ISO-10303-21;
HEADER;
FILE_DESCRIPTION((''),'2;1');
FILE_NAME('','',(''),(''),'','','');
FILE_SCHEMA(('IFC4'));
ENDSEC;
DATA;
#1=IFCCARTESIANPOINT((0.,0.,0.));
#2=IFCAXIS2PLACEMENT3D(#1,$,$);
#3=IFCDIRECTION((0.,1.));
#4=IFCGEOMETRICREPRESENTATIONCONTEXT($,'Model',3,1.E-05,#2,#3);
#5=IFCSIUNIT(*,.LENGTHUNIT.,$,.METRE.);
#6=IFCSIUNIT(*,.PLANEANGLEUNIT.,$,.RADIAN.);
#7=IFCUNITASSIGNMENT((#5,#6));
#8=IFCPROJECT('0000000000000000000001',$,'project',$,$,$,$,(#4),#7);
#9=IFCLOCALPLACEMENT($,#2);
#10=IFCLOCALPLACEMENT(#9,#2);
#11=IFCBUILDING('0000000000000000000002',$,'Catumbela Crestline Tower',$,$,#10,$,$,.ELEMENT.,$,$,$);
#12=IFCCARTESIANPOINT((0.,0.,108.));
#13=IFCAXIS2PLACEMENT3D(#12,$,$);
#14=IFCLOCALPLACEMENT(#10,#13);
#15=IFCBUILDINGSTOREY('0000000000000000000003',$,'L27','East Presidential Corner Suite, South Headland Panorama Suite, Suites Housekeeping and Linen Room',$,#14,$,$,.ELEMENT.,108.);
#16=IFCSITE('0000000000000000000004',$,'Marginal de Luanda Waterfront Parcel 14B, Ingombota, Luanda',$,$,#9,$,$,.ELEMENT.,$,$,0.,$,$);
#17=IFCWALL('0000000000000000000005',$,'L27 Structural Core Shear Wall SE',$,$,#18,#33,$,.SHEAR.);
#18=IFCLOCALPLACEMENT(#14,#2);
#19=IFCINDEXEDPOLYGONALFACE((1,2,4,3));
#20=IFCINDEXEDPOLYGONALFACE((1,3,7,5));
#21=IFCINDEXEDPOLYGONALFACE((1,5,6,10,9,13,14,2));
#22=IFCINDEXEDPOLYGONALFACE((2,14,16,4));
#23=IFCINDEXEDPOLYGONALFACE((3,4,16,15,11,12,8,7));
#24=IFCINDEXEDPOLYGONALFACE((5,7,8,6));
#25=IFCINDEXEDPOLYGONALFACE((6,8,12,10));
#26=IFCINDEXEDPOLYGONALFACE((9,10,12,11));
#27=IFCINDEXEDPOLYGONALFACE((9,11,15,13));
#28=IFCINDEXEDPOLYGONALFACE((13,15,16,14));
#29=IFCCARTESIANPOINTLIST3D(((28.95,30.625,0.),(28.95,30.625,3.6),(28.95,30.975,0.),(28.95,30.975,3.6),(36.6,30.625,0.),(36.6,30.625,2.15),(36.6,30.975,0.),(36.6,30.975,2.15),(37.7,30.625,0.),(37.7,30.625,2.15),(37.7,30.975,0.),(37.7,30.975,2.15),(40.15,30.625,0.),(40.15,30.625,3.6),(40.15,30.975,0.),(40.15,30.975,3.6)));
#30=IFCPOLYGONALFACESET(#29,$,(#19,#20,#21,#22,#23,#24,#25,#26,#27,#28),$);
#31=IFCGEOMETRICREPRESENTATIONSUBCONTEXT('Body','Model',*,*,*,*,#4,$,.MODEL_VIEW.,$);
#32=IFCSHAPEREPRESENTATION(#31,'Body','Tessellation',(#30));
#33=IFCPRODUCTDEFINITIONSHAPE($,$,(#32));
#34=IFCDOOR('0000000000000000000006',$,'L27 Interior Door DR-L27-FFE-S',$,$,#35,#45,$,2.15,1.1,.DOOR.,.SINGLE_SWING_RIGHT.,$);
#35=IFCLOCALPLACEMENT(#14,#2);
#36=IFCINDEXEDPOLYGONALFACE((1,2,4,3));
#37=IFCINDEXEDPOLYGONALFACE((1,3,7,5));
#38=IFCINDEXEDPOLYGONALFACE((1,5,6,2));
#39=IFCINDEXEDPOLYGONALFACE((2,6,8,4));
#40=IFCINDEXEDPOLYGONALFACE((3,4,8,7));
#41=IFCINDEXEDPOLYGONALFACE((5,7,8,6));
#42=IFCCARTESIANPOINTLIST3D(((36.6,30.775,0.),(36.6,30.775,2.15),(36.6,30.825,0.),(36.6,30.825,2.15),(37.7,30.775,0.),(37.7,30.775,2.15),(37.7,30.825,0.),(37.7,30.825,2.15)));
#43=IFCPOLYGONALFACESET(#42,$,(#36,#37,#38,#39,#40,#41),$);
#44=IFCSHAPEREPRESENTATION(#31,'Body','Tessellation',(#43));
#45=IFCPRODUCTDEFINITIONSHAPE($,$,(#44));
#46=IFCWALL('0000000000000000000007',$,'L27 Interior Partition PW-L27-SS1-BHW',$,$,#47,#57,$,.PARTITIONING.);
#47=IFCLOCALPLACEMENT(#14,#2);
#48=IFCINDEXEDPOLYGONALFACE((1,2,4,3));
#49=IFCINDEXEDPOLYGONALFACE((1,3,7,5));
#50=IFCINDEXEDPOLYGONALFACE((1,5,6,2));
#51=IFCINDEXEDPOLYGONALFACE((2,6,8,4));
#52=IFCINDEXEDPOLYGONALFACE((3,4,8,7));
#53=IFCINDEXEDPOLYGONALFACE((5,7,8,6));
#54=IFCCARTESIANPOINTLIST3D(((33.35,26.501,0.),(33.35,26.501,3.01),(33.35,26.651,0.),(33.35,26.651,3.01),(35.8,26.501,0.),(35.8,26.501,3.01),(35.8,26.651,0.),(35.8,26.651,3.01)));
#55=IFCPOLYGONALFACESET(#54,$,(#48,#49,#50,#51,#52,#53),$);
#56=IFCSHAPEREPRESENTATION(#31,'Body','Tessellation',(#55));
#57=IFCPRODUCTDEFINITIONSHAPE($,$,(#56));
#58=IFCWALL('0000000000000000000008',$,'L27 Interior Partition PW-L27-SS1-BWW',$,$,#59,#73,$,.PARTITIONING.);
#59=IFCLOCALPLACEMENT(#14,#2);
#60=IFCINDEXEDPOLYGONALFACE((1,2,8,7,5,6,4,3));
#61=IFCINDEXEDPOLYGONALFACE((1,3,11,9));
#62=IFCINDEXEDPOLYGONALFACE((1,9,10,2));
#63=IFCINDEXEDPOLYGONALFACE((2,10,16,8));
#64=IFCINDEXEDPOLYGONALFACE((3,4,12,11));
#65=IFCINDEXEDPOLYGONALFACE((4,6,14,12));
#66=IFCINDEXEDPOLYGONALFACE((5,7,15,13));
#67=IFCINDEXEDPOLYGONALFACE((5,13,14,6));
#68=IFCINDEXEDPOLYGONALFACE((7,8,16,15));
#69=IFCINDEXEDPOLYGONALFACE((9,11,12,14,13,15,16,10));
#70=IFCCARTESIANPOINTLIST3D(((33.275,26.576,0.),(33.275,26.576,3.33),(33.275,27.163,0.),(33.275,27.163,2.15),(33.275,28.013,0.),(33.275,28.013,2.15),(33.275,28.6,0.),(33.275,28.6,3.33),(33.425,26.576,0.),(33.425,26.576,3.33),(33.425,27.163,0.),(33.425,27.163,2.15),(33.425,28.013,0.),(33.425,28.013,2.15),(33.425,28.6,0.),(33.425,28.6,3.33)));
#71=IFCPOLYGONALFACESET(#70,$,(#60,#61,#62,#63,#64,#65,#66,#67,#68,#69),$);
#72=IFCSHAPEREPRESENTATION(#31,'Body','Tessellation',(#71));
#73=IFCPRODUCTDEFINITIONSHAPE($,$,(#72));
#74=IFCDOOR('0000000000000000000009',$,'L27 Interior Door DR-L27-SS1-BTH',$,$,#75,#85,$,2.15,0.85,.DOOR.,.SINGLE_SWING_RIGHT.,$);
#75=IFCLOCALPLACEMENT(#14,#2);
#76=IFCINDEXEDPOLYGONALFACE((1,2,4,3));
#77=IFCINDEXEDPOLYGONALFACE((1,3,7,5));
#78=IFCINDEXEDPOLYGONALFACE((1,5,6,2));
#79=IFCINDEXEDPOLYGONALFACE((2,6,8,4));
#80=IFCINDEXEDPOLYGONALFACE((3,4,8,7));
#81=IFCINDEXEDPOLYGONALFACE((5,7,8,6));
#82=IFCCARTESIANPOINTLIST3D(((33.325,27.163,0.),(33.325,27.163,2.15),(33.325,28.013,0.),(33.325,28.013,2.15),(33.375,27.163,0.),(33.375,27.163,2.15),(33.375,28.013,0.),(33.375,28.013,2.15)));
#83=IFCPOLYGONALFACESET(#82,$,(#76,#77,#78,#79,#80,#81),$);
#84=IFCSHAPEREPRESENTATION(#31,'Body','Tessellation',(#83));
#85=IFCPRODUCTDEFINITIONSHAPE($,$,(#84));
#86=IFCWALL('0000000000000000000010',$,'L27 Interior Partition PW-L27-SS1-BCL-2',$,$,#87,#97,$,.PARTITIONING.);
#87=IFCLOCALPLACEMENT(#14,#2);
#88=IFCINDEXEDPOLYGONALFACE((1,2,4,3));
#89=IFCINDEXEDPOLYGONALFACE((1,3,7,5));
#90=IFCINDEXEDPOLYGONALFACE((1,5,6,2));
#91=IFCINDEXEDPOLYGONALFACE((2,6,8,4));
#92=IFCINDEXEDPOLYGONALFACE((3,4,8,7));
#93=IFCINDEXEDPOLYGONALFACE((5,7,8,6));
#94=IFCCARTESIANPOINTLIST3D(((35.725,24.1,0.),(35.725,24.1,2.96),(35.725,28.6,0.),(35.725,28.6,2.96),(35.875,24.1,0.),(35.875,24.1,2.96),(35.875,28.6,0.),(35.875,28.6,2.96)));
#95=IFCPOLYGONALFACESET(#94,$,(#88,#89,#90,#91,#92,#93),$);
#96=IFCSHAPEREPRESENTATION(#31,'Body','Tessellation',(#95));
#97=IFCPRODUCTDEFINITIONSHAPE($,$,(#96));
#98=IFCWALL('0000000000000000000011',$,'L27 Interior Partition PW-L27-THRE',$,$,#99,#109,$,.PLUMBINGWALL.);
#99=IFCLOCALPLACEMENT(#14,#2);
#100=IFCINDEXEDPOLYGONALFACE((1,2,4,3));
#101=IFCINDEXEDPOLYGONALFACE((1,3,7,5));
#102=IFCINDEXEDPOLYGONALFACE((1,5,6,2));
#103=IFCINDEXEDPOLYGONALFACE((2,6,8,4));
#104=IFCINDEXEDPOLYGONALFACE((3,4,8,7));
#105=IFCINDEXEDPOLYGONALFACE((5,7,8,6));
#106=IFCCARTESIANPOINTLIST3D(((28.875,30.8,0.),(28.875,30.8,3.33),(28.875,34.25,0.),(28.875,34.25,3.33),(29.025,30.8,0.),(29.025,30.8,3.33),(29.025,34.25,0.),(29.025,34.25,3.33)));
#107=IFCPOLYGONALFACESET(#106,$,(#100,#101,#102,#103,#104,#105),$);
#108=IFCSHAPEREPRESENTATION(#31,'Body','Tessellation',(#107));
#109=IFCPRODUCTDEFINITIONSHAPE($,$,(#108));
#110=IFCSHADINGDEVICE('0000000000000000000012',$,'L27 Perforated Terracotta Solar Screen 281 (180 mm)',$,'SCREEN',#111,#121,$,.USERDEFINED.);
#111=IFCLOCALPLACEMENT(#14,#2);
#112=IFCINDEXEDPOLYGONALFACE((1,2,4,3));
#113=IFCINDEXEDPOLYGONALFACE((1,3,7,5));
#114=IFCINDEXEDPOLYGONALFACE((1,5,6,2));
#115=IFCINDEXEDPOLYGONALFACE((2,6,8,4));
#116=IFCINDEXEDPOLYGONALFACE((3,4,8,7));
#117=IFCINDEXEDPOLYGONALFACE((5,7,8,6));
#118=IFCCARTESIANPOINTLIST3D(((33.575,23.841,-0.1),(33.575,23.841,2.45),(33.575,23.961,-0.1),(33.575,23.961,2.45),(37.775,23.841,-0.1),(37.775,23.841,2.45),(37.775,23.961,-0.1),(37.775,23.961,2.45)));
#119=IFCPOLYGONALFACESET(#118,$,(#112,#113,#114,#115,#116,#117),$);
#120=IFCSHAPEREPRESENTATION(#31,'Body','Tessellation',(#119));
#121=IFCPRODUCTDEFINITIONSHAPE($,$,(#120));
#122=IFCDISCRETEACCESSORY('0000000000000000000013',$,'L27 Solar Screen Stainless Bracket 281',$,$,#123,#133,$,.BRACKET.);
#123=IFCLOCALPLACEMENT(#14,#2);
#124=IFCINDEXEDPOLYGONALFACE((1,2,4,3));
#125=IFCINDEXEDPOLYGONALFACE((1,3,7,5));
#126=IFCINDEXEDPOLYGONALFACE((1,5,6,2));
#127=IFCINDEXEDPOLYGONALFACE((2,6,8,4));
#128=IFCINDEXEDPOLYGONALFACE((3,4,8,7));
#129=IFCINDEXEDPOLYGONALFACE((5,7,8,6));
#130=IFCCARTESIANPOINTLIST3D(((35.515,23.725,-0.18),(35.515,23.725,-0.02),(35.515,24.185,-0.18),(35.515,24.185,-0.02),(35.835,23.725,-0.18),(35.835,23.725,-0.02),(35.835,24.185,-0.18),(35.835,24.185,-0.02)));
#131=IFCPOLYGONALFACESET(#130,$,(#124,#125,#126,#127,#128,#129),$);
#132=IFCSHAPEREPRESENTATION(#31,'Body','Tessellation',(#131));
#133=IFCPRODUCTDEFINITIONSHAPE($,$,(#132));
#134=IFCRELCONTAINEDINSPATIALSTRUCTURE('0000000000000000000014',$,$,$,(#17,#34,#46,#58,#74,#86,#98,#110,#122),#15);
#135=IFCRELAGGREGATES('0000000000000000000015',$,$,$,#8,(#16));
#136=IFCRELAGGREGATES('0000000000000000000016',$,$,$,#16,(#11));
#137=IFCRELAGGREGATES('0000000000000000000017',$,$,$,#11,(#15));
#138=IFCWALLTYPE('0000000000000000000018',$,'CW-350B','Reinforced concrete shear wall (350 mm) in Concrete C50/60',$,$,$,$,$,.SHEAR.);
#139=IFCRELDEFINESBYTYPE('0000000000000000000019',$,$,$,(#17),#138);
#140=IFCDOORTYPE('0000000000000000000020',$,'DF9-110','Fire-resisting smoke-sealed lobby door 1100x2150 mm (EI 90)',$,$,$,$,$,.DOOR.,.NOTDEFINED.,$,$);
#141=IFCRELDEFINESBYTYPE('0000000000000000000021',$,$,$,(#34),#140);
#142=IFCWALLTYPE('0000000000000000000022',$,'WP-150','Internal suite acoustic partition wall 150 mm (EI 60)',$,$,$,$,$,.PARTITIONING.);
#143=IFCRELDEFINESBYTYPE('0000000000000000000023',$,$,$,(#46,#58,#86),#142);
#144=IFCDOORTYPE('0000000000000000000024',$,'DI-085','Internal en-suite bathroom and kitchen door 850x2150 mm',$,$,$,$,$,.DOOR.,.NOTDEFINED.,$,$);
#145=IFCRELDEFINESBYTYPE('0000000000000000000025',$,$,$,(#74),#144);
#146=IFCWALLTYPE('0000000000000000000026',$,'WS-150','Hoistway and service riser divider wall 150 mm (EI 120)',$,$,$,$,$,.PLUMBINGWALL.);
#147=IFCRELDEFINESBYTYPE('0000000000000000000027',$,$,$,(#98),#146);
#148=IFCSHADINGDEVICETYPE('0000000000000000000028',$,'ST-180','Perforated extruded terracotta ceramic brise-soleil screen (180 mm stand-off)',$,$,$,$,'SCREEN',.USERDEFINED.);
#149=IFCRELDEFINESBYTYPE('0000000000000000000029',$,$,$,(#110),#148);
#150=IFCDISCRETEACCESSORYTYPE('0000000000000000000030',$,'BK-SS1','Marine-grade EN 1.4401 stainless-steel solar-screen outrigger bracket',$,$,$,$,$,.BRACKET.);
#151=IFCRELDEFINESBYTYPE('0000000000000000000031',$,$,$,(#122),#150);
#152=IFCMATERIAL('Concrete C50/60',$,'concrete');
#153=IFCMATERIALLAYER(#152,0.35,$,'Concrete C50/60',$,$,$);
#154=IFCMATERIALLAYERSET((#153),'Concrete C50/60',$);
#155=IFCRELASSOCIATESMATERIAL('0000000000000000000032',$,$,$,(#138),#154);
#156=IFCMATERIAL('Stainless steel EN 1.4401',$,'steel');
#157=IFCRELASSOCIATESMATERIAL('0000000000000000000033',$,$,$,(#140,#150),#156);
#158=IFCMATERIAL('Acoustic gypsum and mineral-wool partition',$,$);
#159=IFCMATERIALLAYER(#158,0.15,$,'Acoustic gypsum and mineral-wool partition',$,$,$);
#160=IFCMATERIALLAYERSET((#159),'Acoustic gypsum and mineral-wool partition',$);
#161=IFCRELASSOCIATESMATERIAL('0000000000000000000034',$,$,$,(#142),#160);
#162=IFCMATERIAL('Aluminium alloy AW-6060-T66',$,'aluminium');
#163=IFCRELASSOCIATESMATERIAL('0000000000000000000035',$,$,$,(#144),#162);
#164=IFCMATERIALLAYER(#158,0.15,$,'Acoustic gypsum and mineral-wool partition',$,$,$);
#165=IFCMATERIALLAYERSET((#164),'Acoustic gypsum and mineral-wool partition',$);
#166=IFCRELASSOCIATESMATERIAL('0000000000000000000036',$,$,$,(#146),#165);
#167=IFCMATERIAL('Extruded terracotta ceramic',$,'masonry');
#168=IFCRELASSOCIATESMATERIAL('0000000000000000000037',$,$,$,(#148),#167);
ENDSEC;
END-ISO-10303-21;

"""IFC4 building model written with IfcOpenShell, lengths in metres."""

from ifc_helpers import new_model, si_unit, direction, frame, frame_2d, origin, origin_2d, place, context, subcontext, project, spatial, rectangle, extrude, material, layer, layer_set, type_object, element, fill, save


model = new_model("IFC4")

# Units and contexts
model_context = context("Model", 3, precision=1e-05, world=origin(), true_north=direction((0.0, 1.0)))
body_context = subcontext(model_context, "Body", "Model", "MODEL_VIEW")
ifc_project = project(units=[si_unit("LENGTHUNIT", "METRE"), si_unit("PLANEANGLEUNIT", "RADIAN")], contexts=[model_context])

# Site, building, storey
site_placement = place(None, origin())
site = spatial("IfcSite", under=ifc_project, at=site_placement, Name="Marginal de Luanda Waterfront Parcel 14B, Ingombota, Luanda", CompositionType="ELEMENT", RefElevation=0.0)
building_placement = place(site_placement, origin())
building = spatial("IfcBuilding", under=site, at=building_placement, Name="Catumbela Crestline Tower", CompositionType="ELEMENT")
storey_placement = place(building_placement, frame((0.0, 0.0, 108.0)))
storey = spatial("IfcBuildingStorey", under=building, at=storey_placement, Name="L27", Description="East Presidential Corner Suite, South Headland Panorama Suite, Suites Housekeeping and Linen Room", CompositionType="ELEMENT", Elevation=108.0)

# Shared definitions
ifc_material_1 = material(Name="Concrete C50/60", Category="concrete")

# Shared definitions
ifc_material_2 = material(Name="Aluminium alloy AW-6060-T66", Category="aluminium")

# Wall, opening, door
ifc_layer_1 = layer(ifc_material_1, 0.35, Name="Concrete C50/60")
ifc_layer_set_1 = layer_set([ifc_layer_1], Name="Concrete C50/60")
wall_type_1 = type_object("IfcWallType", Name="CW-350B", Description="Reinforced concrete shear wall (350 mm) in Concrete C50/60", PredefinedType="SHEAR", material=ifc_layer_set_1)
wall_1_placement = place(storey_placement, frame((28.95, 30.8, 0.0), z_axis=(0.0, 0.0, 1.0), x_axis=(1.0, 0.0, 0.0)))
wall_1 = element("IfcWall", 1, at=wall_1_placement, inside=storey, type_object=wall_type_1, Name="L27 Structural Core Shear Wall SE", PredefinedType="SHEAR", context=body_context, shape_type="SweptSolid", body=[
    extrude(rectangle(XDim=11.2, YDim=0.35, at=frame_2d((5.6, 0.0))), origin(), (0.0, 0.0, 1.0), 3.6),
])
opening_1_placement = place(wall_1_placement, frame((7.65, 0.0, 0.0)))
opening_1 = element("IfcOpeningElement", 2, at=opening_1_placement, cuts=wall_1, PredefinedType="OPENING", context=body_context, shape_type="SweptSolid", body=[
    extrude(rectangle(XDim=1.1, YDim=2.15, at=frame_2d((0.55, 1.075))), frame((0.0, 0.185, 0.0), z_axis=(0.0, -1.0, 0.0), x_axis=(1.0, 0.0, 0.0)), (0.0, 0.0, 1.0), 0.37),
])
ifc_material_3 = material(Name="Stainless steel EN 1.4401", Category="steel")
door_type_1 = type_object("IfcDoorType", Name="DF9-110", Description="Fire-resisting smoke-sealed lobby door 1100x2150 mm (EI 90)", OperationType="NOTDEFINED", PredefinedType="DOOR", material=ifc_material_3)
door_1_placement = place(opening_1_placement, origin())
door_1 = element("IfcDoor", 3, at=door_1_placement, inside=storey, type_object=door_type_1, Name="L27 Interior Door DR-L27-FFE-S", OperationType="SINGLE_SWING_RIGHT", OverallHeight=2.15, OverallWidth=1.1, PredefinedType="DOOR", context=body_context, shape_type="SweptSolid", body=[
    extrude(rectangle(XDim=1.1, YDim=2.15, at=frame_2d((0.55, 1.075))), frame((0.0, 0.025, 0.0), z_axis=(0.0, -1.0, 0.0), x_axis=(1.0, 0.0, 0.0)), (0.0, 0.0, 1.0), 0.05),
])
fill(opening_1, door_1)

# Wall
ifc_material_4 = material(Name="Acoustic gypsum and mineral-wool partition")
ifc_layer_2 = layer(ifc_material_4, 0.15, Name="Acoustic gypsum and mineral-wool partition")
ifc_layer_set_2 = layer_set([ifc_layer_2], Name="Acoustic gypsum and mineral-wool partition")
wall_type_2 = type_object("IfcWallType", Name="WP-150", Description="Internal suite acoustic partition wall 150 mm (EI 60)", PredefinedType="PARTITIONING", material=ifc_layer_set_2)
wall_2_placement = place(storey_placement, frame((33.35, 26.576, 0.0), z_axis=(0.0, 0.0, 1.0), x_axis=(1.0, 0.0, 0.0)))
element("IfcWall", 4, at=wall_2_placement, inside=storey, type_object=wall_type_2, Name="L27 Interior Partition PW-L27-SS1-BHW", PredefinedType="PARTITIONING", context=body_context, shape_type="SweptSolid", body=[
    extrude(rectangle(XDim=2.45, YDim=0.15, at=frame_2d((1.225, 0.0))), origin(), (0.0, 0.0, 1.0), 3.01),
])

# Wall, opening, door
wall_3_placement = place(storey_placement, frame((33.35, 26.576, 0.0), z_axis=(0.0, 0.0, 1.0), x_axis=(0.0, 1.0, 0.0)))
wall_3 = element("IfcWall", 5, at=wall_3_placement, inside=storey, type_object=wall_type_2, Name="L27 Interior Partition PW-L27-SS1-BWW", PredefinedType="PARTITIONING", context=body_context, shape_type="SweptSolid", body=[
    extrude(rectangle(XDim=2.024, YDim=0.15, at=frame_2d((1.012, 0.0))), origin(), (0.0, 0.0, 1.0), 3.33),
])
opening_2_placement = place(wall_3_placement, frame((0.587, 0.0, 0.0)))
opening_2 = element("IfcOpeningElement", 6, at=opening_2_placement, cuts=wall_3, PredefinedType="OPENING", context=body_context, shape_type="SweptSolid", body=[
    extrude(rectangle(XDim=0.85, YDim=2.15, at=frame_2d((0.425, 1.075))), frame((0.0, 0.085, 0.0), z_axis=(0.0, -1.0, 0.0), x_axis=(1.0, 0.0, 0.0)), (0.0, 0.0, 1.0), 0.17),
])
door_type_2 = type_object("IfcDoorType", Name="DI-085", Description="Internal en-suite bathroom and kitchen door 850x2150 mm", OperationType="NOTDEFINED", PredefinedType="DOOR", material=ifc_material_2)
door_2_placement = place(opening_2_placement, origin())
door_2 = element("IfcDoor", 7, at=door_2_placement, inside=storey, type_object=door_type_2, Name="L27 Interior Door DR-L27-SS1-BTH", OperationType="SINGLE_SWING_RIGHT", OverallHeight=2.15, OverallWidth=0.85, PredefinedType="DOOR", context=body_context, shape_type="SweptSolid", body=[
    extrude(rectangle(XDim=0.85, YDim=2.15, at=frame_2d((0.425, 1.075))), frame((0.0, 0.025, 0.0), z_axis=(0.0, -1.0, 0.0), x_axis=(1.0, 0.0, 0.0)), (0.0, 0.0, 1.0), 0.05),
])
fill(opening_2, door_2)

# Walls
wall_4_placement = place(storey_placement, frame((35.8, 28.6, 0.0), z_axis=(0.0, 0.0, 1.0), x_axis=(0.0, -1.0, 0.0)))
element("IfcWall", 8, at=wall_4_placement, inside=storey, type_object=wall_type_2, Name="L27 Interior Partition PW-L27-SS1-BCL-2", PredefinedType="PARTITIONING", context=body_context, shape_type="SweptSolid", body=[
    extrude(rectangle(XDim=4.5, YDim=0.15, at=frame_2d((2.25, 0.0))), origin(), (0.0, 0.0, 1.0), 2.96),
])
ifc_layer_3 = layer(ifc_material_4, 0.15, Name="Acoustic gypsum and mineral-wool partition")
ifc_layer_set_3 = layer_set([ifc_layer_3], Name="Acoustic gypsum and mineral-wool partition")
wall_type_3 = type_object("IfcWallType", Name="WS-150", Description="Hoistway and service riser divider wall 150 mm (EI 120)", PredefinedType="PLUMBINGWALL", material=ifc_layer_set_3)
wall_5_placement = place(storey_placement, frame((28.95, 30.8, 0.0), z_axis=(0.0, 0.0, 1.0), x_axis=(0.0, 1.0, 0.0)))
element("IfcWall", 9, at=wall_5_placement, inside=storey, type_object=wall_type_3, Name="L27 Interior Partition PW-L27-THRE", PredefinedType="PLUMBINGWALL", context=body_context, shape_type="SweptSolid", body=[
    extrude(rectangle(XDim=3.45, YDim=0.15, at=frame_2d((1.725, 0.0))), origin(), (0.0, 0.0, 1.0), 3.33),
])

# Shading device
ifc_material_5 = material(Name="Extruded terracotta ceramic", Category="masonry")
shading_device_type = type_object("IfcShadingDeviceType", Name="ST-180", Description="Perforated extruded terracotta ceramic brise-soleil screen (180 mm stand-off)", ElementType="SCREEN", PredefinedType="USERDEFINED", material=ifc_material_5)
shading_device_placement = place(storey_placement, frame((35.675, 23.901, -0.1), z_axis=(0.0, 0.0, 1.0), x_axis=(1.0, 0.0, 0.0)))
element("IfcShadingDevice", 10, at=shading_device_placement, inside=storey, type_object=shading_device_type, Name="L27 Perforated Terracotta Solar Screen 281 (180 mm)", ObjectType="SCREEN", PredefinedType="USERDEFINED", context=body_context, shape_type="SweptSolid", body=[
    extrude(rectangle(XDim=4.2, YDim=0.12, at=origin_2d()), origin(), (0.0, 0.0, 1.0), 2.55),
])

# Discrete accessory
discrete_accessory_type = type_object("IfcDiscreteAccessoryType", Name="BK-SS1", Description="Marine-grade EN 1.4401 stainless-steel solar-screen outrigger bracket", PredefinedType="BRACKET", material=ifc_material_3)
discrete_accessory_placement = place(storey_placement, frame((35.675, 23.955, -0.18), z_axis=(0.0, 0.0, 1.0), x_axis=(1.0, 0.0, 0.0)))
element("IfcDiscreteAccessory", 11, at=discrete_accessory_placement, inside=storey, type_object=discrete_accessory_type, Name="L27 Solar Screen Stainless Bracket 281", PredefinedType="BRACKET", context=body_context, shape_type="SweptSolid", body=[
    extrude(rectangle(XDim=0.32, YDim=0.46, at=origin_2d()), origin(), (0.0, 0.0, 1.0), 0.16),
])

save(model, "model.ifc")
